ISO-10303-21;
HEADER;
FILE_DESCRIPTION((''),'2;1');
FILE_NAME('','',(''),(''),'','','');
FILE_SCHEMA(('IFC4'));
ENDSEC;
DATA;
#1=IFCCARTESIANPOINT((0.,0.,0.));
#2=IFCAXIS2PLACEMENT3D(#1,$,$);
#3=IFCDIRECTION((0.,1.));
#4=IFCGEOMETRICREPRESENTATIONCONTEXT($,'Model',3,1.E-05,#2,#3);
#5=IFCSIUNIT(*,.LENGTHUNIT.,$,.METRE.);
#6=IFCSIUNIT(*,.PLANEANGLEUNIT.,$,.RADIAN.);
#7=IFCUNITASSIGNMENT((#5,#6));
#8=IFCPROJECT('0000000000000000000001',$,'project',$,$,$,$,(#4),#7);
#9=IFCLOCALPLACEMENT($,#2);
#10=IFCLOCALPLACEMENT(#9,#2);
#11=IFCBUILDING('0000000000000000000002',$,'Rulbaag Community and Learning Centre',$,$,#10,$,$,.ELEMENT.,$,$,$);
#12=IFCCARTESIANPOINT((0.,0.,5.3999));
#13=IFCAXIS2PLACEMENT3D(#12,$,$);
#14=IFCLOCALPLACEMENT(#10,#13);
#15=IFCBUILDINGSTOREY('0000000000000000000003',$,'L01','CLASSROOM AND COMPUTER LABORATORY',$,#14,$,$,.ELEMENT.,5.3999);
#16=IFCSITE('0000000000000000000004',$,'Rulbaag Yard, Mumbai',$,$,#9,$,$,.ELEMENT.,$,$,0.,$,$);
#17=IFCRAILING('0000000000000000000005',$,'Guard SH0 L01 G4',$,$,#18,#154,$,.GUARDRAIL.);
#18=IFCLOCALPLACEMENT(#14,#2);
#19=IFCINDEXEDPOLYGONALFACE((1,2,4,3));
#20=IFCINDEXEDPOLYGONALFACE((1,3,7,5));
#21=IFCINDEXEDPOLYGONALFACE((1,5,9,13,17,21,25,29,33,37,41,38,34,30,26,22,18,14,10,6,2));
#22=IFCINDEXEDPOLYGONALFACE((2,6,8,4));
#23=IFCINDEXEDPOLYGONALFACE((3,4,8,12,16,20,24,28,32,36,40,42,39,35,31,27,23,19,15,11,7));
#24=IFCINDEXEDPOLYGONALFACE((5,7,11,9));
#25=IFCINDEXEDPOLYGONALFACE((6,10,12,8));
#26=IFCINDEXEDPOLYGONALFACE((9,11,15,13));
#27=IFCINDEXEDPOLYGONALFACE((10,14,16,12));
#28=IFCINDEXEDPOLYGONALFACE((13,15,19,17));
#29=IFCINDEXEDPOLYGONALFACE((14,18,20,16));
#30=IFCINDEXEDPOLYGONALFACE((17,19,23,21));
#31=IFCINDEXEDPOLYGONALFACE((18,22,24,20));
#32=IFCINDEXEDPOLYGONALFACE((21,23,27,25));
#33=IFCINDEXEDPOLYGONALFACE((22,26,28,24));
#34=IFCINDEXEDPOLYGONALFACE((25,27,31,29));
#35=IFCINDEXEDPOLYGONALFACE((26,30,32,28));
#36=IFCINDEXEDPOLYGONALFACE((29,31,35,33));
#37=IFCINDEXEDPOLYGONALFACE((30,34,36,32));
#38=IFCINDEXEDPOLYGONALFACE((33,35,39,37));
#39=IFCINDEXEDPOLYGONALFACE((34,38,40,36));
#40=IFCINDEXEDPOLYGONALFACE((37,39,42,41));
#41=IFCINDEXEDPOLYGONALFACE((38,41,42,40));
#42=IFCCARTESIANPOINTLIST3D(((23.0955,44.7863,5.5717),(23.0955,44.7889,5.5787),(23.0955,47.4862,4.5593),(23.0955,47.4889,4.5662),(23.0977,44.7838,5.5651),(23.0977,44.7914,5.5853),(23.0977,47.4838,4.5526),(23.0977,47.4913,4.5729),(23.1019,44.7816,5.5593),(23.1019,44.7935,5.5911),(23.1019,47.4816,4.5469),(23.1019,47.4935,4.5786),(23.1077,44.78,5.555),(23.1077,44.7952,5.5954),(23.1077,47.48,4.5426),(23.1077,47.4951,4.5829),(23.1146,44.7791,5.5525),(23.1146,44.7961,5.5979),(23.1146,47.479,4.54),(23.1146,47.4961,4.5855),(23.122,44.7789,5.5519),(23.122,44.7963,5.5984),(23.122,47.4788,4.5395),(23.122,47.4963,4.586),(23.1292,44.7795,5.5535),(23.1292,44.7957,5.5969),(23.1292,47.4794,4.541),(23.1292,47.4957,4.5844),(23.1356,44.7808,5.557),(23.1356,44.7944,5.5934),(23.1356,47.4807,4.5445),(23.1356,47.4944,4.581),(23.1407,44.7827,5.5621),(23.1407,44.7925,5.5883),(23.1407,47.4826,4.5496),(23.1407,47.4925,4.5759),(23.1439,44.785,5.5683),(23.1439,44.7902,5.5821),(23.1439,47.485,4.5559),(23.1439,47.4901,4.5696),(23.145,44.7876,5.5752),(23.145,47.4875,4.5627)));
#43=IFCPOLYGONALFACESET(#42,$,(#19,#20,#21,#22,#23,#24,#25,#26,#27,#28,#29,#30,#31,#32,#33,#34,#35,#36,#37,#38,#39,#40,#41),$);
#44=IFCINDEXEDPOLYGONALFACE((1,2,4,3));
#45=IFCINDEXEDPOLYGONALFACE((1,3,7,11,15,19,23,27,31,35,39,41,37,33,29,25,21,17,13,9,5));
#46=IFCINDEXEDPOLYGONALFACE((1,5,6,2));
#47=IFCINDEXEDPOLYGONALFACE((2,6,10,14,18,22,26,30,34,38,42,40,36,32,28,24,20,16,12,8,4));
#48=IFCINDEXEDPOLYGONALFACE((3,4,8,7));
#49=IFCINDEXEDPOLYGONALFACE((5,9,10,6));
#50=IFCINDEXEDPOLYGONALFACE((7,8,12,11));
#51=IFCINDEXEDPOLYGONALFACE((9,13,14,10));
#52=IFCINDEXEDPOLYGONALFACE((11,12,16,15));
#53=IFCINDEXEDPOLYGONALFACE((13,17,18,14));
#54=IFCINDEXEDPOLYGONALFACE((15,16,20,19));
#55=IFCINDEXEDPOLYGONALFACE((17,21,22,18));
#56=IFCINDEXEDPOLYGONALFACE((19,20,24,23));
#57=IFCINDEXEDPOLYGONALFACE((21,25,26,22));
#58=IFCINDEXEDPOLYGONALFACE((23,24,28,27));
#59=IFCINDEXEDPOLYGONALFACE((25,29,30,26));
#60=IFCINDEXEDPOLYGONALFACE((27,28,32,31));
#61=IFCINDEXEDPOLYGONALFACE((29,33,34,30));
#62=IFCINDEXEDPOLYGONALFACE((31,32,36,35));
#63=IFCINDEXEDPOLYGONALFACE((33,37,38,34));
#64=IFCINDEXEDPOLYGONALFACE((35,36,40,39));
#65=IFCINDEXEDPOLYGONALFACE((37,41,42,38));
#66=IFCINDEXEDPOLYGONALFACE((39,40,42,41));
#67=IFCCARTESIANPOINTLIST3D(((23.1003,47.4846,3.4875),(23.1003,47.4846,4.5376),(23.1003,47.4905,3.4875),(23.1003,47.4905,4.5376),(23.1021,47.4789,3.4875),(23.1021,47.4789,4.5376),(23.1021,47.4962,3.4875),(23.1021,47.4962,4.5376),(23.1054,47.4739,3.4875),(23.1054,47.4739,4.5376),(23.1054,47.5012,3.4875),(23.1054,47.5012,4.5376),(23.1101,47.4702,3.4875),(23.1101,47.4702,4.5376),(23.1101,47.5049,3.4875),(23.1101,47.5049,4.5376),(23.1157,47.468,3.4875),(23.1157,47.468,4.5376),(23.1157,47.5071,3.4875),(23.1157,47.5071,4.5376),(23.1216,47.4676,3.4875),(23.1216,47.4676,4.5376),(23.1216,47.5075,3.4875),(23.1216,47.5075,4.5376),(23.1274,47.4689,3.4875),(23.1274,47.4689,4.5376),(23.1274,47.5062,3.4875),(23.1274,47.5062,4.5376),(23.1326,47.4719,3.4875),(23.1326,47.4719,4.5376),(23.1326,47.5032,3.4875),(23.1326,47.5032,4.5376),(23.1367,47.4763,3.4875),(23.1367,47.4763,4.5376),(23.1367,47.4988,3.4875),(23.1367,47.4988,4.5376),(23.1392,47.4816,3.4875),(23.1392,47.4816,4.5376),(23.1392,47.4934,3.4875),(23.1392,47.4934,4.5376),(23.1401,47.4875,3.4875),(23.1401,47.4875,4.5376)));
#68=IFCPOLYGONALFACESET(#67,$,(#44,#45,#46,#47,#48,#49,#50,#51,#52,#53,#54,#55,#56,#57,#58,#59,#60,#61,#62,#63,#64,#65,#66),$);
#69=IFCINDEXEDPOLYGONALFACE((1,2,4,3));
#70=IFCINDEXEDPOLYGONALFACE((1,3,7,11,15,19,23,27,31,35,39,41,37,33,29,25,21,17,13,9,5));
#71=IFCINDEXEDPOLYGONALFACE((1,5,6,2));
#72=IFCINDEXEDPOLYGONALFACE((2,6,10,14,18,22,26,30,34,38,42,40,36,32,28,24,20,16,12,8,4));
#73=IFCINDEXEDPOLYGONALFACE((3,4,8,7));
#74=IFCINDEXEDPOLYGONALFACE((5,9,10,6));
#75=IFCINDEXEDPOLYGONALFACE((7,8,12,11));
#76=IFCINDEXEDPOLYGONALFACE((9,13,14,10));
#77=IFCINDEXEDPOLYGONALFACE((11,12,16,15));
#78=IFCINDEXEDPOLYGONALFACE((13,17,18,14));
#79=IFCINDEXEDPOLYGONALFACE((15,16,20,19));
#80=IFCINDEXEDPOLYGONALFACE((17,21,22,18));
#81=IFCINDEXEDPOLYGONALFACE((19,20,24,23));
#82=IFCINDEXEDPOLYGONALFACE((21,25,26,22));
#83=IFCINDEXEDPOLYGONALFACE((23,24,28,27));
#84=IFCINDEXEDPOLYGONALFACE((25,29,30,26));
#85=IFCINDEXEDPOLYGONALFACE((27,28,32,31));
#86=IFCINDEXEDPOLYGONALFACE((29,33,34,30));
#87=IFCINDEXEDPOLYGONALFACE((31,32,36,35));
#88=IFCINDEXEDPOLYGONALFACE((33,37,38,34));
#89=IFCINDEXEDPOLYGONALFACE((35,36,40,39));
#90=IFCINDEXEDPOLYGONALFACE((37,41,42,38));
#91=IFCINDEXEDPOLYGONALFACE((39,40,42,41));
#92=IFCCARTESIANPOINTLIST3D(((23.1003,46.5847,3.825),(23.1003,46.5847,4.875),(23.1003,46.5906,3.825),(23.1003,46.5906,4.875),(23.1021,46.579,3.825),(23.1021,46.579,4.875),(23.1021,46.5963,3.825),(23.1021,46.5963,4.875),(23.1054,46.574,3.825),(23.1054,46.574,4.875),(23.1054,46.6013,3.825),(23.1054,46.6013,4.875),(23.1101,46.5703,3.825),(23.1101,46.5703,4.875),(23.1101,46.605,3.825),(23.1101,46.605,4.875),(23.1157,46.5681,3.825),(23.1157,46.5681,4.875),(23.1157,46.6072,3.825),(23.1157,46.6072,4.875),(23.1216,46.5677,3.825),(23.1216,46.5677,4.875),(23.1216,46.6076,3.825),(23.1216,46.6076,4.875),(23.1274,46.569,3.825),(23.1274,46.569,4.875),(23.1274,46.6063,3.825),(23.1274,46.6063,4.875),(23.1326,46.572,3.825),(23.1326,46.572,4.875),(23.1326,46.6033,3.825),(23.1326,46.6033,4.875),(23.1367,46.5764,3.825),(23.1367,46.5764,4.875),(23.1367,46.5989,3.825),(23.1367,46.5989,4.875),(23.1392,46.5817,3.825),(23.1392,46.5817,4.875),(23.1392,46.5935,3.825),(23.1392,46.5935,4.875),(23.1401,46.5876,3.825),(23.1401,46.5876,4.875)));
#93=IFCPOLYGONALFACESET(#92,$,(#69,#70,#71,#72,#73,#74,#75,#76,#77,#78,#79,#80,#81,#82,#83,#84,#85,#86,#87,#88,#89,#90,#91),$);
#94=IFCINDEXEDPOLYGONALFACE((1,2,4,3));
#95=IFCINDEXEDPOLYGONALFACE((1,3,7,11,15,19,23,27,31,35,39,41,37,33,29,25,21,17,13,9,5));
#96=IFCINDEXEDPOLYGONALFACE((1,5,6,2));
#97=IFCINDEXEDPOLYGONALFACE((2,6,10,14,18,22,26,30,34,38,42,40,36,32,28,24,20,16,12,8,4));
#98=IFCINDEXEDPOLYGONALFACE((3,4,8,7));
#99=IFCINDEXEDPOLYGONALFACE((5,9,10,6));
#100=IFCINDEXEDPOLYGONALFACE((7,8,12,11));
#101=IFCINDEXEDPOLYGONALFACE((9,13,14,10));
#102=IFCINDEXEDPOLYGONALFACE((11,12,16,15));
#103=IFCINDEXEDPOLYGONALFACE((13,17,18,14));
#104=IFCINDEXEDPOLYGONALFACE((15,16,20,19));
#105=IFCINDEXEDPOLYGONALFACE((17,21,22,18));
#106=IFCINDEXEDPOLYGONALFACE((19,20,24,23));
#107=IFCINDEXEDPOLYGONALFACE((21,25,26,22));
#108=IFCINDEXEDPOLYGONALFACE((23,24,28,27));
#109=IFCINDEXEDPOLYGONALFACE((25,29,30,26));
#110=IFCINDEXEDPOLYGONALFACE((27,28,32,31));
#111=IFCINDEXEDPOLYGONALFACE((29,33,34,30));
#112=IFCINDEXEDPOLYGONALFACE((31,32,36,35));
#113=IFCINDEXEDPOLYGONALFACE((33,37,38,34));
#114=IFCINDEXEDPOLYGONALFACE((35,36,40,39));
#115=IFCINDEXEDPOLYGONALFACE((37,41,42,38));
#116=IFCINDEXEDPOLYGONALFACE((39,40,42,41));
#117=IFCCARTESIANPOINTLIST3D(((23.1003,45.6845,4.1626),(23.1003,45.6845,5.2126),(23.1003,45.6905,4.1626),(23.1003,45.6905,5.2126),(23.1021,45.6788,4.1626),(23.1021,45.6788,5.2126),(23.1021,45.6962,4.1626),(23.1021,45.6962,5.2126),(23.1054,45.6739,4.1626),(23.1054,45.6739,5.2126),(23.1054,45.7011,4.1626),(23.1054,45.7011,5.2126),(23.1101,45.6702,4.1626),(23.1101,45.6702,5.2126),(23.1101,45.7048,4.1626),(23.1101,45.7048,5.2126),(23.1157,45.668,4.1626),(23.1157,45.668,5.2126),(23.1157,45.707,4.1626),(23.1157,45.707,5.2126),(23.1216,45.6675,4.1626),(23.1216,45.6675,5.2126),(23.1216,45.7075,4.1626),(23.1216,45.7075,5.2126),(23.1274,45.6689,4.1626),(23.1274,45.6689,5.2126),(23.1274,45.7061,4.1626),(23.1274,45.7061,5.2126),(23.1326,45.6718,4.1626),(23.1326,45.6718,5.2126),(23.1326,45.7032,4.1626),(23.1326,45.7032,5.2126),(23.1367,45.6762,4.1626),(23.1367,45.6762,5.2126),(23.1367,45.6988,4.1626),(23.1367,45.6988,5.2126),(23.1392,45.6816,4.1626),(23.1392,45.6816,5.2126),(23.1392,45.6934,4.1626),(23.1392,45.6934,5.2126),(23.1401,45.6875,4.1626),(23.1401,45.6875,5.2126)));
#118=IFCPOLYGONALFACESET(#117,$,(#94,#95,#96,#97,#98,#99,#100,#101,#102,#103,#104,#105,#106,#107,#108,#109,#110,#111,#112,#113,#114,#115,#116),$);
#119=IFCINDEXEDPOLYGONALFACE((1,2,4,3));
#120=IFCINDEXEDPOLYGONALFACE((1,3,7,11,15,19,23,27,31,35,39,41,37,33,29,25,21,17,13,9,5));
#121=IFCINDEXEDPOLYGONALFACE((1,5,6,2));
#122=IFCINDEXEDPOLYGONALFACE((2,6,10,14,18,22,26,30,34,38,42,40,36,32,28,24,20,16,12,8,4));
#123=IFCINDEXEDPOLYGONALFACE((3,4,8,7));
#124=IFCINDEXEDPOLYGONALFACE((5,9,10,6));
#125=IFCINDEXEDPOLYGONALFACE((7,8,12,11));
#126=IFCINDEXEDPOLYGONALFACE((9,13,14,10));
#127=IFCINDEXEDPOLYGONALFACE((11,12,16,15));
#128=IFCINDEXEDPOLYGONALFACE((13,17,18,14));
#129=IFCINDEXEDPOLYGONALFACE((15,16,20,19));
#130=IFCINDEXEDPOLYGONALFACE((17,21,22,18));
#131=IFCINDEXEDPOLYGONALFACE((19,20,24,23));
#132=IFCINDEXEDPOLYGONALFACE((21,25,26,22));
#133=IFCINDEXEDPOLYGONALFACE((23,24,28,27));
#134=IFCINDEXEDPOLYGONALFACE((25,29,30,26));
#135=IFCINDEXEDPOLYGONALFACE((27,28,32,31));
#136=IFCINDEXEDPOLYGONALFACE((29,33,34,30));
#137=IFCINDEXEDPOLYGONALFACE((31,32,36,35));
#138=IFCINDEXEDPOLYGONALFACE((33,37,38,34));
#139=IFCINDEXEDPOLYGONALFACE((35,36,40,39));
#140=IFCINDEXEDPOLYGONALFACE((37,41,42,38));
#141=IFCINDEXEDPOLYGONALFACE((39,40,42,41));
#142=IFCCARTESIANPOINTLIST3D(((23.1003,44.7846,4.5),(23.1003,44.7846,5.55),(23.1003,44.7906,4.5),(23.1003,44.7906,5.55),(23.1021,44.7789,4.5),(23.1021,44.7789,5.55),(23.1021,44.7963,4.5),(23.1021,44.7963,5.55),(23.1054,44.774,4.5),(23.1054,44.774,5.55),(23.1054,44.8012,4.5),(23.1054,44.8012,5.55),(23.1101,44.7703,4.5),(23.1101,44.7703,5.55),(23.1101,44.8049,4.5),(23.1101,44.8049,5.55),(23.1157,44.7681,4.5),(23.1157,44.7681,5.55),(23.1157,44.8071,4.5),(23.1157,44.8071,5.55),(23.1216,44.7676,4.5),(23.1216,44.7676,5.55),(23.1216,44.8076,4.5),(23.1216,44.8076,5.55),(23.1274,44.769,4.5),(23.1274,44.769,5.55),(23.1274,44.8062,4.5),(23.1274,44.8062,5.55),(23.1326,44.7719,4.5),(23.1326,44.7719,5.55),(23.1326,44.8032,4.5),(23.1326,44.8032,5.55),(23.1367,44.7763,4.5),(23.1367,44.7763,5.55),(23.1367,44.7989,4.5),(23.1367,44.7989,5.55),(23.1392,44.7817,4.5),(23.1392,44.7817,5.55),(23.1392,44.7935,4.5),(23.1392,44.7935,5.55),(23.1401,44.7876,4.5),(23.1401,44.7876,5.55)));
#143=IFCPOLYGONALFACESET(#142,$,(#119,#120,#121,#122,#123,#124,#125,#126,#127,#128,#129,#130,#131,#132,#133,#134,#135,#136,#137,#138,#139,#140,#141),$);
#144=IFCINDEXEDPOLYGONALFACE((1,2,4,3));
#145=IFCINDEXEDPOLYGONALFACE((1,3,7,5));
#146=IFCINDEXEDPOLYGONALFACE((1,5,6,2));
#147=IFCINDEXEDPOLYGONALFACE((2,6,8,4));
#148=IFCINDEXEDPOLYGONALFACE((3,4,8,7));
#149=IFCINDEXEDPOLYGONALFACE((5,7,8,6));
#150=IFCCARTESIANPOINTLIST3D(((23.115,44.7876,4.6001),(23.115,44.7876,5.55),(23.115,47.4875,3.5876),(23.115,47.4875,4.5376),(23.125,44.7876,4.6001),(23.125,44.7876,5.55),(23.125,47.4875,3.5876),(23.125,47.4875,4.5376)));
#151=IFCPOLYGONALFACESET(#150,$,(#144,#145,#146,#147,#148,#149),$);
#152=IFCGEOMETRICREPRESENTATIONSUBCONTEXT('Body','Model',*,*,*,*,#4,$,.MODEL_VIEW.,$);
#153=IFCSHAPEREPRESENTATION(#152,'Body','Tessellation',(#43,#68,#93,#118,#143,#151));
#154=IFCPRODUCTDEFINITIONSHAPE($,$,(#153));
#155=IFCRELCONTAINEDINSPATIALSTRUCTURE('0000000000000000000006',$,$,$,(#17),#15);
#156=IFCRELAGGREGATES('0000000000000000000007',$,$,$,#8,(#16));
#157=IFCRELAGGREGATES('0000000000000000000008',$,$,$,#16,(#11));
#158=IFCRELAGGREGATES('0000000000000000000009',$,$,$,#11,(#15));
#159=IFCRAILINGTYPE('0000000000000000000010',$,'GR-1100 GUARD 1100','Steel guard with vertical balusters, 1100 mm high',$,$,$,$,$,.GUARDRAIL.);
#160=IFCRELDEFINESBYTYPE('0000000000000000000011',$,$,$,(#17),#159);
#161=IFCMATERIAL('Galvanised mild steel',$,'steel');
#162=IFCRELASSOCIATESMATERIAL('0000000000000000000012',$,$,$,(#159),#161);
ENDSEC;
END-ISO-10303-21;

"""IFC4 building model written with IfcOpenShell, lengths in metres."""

from ifc_helpers import new_model, si_unit, direction, frame, origin, origin_2d, place, context, subcontext, project, spatial, polyline, circle, outline, extrude, material, type_object, element, save


model = new_model("IFC4")

# Units and contexts
model_context = context("Model", 3, precision=1e-05, world=origin(), true_north=direction((0.0, 1.0)))
body_context = subcontext(model_context, "Body", "Model", "MODEL_VIEW")
ifc_project = project(units=[si_unit("LENGTHUNIT", "METRE"), si_unit("PLANEANGLEUNIT", "RADIAN")], contexts=[model_context])

# Site, building, storey
site_placement = place(None, origin())
site = spatial("IfcSite", under=ifc_project, at=site_placement, Name="Rulbaag Yard, Mumbai", CompositionType="ELEMENT", RefElevation=0.0)
building_placement = place(site_placement, origin())
building = spatial("IfcBuilding", under=site, at=building_placement, Name="Rulbaag Community and Learning Centre", CompositionType="ELEMENT")
storey_placement = place(building_placement, frame((0.0, 0.0, 5.3999)))
storey = spatial("IfcBuildingStorey", under=building, at=storey_placement, Name="L01", Description="CLASSROOM AND COMPUTER LABORATORY", CompositionType="ELEMENT", Elevation=5.3999)

# Railing
ifc_material_1 = material(Name="Galvanised mild steel", Category="steel")
railing_type_1 = type_object("IfcRailingType", Name="GR-1100 GUARD 1100", Description="Steel guard with vertical balusters, 1100 mm high", PredefinedType="GUARDRAIL", material=ifc_material_1)
railing_1_placement = place(storey_placement, frame((23.1201, 47.4875, 3.4875)))
element("IfcRailing", 1, at=railing_1_placement, inside=storey, type_object=railing_type_1, Name="Guard SH0 L01 G4", PredefinedType="GUARDRAIL", context=body_context, shape_type="SweptSolid", body=[
    extrude(circle(Radius=0.0249, at=origin_2d()), frame((0.0, 0.0, 1.0752), z_axis=(0.0, -0.936333, 0.351114), x_axis=(1.0, 0.0, 0.0)), (0.0, 0.0, 1.0), 2.8835),
    extrude(circle(Radius=0.02, at=origin_2d()), origin(), (0.0, 0.0, 1.0), 1.05),
    extrude(circle(Radius=0.02, at=origin_2d()), frame((0.0, -0.8999, 0.3374)), (0.0, 0.0, 1.0), 1.05),
    extrude(circle(Radius=0.02, at=origin_2d()), frame((0.0, -1.8, 0.675)), (0.0, 0.0, 1.0), 1.05),
    extrude(circle(Radius=0.02, at=origin_2d()), frame((0.0, -2.7, 1.0125)), (0.0, 0.0, 1.0), 1.05),
    extrude(outline(polyline([(0.0, 0.0), (2.7, 1.0125), (2.7, 1.9624), (0.0, 0.95), (0.0, 0.0)])), frame((0.0049, 0.0, 0.1001), z_axis=(-1.0, 0.0, 0.0), x_axis=(0.0, -1.0, 0.0)), (0.0, 0.0, 1.0), 0.01),
])

save(model, "model.ifc")
